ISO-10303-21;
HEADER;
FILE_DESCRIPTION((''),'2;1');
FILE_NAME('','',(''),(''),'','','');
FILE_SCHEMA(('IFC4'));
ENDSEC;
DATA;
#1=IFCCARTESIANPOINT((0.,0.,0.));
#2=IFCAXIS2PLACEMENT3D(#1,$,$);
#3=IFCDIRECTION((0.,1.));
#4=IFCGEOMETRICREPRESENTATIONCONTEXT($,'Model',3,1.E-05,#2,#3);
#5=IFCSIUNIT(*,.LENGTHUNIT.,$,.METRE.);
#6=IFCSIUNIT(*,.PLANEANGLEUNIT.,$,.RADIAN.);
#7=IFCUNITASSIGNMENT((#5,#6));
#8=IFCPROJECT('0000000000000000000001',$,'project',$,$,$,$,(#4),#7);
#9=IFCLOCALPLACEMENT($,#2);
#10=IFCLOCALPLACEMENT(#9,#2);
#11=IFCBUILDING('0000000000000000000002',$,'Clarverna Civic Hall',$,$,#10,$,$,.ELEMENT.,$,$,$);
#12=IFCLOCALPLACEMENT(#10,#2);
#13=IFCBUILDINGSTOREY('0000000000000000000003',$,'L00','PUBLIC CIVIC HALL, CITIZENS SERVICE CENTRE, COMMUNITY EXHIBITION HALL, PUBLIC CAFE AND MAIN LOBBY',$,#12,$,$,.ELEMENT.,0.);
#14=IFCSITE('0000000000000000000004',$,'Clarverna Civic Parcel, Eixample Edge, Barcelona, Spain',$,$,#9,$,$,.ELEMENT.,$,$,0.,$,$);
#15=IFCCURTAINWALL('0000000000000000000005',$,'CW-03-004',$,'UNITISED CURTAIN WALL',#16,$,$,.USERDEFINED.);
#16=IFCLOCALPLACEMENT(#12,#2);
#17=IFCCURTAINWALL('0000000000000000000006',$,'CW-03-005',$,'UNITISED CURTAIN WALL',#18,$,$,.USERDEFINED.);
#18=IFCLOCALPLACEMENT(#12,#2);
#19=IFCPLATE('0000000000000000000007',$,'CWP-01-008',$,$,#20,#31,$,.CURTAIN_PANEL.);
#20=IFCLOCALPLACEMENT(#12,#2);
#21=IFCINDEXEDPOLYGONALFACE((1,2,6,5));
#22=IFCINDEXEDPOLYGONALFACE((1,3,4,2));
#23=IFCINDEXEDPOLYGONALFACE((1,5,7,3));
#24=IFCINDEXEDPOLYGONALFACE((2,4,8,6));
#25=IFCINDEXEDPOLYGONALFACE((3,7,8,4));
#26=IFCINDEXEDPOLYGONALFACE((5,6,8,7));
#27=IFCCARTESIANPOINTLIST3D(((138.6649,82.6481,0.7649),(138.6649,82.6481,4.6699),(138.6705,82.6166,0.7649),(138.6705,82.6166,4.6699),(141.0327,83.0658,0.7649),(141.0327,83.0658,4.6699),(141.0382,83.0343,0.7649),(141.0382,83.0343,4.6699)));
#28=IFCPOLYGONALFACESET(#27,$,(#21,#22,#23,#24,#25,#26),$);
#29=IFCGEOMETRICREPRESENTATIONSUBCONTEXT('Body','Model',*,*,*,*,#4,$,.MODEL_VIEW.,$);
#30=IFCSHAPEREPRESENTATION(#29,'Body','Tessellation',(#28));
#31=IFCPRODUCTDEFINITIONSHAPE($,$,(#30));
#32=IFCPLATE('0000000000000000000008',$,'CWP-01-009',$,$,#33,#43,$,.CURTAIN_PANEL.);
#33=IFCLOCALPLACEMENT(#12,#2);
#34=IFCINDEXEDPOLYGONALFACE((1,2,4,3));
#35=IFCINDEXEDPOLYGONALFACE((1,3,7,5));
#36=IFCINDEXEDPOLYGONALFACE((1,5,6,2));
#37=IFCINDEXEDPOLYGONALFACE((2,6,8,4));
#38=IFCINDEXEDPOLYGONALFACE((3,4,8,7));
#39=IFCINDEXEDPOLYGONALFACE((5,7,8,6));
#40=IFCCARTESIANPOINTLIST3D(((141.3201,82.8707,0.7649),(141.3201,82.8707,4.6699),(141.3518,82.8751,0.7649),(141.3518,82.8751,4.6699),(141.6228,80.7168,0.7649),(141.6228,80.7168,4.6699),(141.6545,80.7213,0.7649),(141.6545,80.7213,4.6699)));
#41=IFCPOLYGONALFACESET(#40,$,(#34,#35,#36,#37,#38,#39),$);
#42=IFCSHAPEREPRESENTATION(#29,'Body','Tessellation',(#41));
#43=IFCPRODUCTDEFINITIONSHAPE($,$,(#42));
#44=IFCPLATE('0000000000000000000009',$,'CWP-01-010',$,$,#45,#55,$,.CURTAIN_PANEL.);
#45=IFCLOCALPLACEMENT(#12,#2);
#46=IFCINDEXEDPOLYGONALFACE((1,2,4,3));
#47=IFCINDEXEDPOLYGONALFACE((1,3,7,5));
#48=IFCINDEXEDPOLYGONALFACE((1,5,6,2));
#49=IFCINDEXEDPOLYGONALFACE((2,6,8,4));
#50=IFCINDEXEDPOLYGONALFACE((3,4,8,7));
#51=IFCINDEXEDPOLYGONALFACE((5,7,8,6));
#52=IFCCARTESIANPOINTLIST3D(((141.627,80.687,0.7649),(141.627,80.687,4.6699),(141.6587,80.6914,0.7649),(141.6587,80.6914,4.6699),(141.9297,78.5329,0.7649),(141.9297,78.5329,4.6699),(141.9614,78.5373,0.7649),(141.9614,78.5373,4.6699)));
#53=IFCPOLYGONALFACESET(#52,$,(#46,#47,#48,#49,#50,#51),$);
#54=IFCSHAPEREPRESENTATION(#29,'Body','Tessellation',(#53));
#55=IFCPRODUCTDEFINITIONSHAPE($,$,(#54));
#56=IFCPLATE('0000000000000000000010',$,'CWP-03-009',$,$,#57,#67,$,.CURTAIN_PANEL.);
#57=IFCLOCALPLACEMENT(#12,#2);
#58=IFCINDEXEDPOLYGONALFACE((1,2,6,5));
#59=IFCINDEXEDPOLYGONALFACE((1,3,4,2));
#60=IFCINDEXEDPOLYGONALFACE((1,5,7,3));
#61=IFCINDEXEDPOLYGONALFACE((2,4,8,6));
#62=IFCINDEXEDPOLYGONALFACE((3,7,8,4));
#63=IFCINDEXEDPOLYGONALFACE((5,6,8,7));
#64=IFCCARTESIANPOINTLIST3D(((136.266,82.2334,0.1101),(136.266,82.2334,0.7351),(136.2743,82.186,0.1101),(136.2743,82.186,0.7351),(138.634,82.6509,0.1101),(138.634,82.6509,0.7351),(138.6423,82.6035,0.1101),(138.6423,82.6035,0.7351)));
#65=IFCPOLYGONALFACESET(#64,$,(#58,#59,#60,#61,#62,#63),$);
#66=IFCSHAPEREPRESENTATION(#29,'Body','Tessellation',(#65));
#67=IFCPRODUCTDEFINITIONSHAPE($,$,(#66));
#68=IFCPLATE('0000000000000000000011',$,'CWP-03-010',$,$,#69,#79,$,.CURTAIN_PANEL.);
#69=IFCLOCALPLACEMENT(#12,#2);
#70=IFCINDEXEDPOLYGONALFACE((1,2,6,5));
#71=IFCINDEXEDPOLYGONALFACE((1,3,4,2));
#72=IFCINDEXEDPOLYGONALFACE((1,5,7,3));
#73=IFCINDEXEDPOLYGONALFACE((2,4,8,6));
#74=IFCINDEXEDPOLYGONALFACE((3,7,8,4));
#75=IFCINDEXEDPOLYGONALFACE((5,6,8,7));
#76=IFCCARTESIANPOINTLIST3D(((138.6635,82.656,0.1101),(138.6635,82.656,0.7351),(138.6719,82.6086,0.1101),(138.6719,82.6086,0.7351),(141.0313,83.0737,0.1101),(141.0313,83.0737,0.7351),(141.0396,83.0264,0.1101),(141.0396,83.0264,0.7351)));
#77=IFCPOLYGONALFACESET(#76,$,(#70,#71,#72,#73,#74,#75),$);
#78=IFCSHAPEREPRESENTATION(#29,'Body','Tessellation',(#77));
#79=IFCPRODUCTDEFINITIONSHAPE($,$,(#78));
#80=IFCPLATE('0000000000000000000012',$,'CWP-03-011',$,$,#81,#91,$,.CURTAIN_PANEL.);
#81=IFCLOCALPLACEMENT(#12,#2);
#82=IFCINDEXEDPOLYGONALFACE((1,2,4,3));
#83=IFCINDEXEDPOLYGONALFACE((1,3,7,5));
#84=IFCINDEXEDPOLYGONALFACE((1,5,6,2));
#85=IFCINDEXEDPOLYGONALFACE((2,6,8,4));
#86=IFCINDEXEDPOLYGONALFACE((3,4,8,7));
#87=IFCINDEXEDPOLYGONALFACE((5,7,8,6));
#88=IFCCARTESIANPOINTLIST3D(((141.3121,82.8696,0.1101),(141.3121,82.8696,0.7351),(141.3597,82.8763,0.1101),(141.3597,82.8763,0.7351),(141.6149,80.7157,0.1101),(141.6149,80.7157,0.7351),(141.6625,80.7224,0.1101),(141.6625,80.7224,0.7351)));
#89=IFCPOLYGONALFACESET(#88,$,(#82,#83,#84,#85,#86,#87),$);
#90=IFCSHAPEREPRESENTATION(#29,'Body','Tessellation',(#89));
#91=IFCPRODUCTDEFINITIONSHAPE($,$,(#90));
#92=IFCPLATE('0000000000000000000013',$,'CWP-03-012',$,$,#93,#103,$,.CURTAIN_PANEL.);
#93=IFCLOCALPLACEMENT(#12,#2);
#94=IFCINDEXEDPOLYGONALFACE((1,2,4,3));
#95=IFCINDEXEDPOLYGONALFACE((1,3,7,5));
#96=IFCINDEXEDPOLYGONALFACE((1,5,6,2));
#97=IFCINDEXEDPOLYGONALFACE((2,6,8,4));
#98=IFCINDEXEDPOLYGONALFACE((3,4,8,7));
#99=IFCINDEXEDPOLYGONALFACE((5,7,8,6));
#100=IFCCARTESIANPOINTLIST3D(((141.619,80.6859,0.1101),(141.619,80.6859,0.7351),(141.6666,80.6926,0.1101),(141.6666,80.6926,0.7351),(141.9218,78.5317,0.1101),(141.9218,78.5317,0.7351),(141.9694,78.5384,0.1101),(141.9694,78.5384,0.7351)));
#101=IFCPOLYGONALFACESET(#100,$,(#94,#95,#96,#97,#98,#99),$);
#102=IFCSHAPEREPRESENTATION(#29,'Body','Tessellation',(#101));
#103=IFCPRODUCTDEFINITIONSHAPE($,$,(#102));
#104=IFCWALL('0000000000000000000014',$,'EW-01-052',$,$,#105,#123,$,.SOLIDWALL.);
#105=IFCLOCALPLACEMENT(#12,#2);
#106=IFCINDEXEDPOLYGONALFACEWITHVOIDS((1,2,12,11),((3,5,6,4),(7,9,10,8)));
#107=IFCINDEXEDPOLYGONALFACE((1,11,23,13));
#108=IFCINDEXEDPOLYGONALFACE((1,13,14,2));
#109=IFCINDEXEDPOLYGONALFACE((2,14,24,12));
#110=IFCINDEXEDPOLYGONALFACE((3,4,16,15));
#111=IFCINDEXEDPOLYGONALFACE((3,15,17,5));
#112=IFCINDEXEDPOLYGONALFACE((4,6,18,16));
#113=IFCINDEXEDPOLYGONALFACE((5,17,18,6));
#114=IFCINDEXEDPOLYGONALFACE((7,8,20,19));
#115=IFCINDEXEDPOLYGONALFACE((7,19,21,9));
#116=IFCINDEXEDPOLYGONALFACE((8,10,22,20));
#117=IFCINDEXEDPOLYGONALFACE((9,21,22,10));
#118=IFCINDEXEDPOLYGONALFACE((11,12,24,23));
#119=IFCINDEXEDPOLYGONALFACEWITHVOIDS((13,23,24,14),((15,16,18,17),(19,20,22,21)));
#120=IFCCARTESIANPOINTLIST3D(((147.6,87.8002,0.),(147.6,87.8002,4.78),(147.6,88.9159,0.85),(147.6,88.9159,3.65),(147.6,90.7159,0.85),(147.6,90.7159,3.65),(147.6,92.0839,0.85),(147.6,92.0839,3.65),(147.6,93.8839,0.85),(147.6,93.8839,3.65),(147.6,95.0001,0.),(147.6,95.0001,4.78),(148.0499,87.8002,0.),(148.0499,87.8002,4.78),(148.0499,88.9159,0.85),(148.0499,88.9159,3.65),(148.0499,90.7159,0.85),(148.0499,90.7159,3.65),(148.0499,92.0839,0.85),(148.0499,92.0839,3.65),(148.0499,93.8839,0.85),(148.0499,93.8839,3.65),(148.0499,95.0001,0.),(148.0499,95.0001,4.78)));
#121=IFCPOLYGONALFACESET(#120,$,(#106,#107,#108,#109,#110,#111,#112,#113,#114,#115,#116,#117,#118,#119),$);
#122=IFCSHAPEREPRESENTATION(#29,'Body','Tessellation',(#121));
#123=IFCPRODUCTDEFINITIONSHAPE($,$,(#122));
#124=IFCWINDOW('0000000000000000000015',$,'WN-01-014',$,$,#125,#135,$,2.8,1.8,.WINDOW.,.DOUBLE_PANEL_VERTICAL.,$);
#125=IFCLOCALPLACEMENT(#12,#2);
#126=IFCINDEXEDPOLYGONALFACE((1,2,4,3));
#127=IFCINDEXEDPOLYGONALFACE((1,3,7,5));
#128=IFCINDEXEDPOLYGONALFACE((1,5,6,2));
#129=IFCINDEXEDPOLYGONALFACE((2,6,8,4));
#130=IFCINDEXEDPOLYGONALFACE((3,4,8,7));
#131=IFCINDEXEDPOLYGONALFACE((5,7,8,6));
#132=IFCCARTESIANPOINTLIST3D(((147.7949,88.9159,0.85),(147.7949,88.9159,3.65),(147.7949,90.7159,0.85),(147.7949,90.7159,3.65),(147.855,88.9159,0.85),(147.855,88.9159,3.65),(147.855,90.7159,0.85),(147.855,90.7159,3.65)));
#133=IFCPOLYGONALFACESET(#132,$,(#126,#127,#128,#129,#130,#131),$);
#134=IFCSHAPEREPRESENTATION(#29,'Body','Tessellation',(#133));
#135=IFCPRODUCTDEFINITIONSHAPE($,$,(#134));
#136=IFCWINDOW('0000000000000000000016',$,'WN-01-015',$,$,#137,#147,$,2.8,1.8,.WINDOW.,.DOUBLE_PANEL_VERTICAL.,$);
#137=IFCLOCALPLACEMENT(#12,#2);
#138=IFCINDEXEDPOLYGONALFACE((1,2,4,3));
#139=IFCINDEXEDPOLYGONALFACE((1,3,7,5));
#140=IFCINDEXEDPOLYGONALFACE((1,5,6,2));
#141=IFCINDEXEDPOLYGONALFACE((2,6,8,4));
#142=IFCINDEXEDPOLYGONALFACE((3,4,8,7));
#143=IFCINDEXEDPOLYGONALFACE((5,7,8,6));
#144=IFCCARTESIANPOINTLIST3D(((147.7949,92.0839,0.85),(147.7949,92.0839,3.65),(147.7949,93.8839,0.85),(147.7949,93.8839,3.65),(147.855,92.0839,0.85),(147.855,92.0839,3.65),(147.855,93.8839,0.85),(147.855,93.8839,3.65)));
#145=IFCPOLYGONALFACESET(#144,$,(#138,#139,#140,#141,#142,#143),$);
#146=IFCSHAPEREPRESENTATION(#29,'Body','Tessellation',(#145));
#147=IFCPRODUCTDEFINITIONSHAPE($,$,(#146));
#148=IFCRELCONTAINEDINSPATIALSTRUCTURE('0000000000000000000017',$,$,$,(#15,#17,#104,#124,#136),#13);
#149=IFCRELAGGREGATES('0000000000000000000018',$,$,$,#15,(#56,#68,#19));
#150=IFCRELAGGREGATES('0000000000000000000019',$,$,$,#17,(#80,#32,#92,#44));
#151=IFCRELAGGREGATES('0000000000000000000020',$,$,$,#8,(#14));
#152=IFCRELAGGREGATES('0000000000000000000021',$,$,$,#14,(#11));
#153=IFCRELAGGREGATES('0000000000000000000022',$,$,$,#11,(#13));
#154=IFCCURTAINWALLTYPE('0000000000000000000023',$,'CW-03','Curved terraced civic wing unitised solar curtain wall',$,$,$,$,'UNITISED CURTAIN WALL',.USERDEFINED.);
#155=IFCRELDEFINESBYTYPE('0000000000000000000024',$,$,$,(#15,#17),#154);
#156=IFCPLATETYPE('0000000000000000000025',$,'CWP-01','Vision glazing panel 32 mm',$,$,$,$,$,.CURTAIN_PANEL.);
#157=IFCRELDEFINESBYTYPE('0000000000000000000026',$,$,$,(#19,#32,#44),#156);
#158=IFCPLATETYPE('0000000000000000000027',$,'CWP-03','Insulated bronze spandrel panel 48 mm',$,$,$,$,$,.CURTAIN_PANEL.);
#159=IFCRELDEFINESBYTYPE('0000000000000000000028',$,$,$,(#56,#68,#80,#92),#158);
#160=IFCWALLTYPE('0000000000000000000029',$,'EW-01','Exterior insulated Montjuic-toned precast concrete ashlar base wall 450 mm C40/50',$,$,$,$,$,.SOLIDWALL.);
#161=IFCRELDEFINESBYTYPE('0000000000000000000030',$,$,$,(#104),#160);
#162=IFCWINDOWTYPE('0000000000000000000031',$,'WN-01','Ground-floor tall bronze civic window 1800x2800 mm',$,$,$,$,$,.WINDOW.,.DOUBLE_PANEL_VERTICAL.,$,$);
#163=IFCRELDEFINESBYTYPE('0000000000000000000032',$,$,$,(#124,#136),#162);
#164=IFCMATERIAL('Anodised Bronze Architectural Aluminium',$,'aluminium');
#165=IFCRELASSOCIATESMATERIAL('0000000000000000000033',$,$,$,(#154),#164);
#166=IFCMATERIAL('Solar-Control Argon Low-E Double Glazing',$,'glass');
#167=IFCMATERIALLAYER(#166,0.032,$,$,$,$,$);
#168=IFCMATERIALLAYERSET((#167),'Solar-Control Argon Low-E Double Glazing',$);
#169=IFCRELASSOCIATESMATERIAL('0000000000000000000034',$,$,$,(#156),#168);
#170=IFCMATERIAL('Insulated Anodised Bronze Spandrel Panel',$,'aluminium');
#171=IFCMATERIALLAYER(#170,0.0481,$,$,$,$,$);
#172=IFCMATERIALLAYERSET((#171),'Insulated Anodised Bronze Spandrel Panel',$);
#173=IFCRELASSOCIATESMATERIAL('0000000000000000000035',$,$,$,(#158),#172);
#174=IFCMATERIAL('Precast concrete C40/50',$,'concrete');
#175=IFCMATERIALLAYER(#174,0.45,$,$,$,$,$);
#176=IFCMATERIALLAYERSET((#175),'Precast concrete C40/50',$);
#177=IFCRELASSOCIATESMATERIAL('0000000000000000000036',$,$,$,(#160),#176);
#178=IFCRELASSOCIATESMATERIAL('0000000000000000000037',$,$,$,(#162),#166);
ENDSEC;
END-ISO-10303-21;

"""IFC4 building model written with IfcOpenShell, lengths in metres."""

from ifc_helpers import new_model, si_unit, direction, frame, frame_2d, origin, place, context, subcontext, project, spatial, rectangle, extrude, material, layer, layer_set, type_object, element, fill, aggregate, save


model = new_model("IFC4")

# Units and contexts
model_context = context("Model", 3, precision=1e-05, world=origin(), true_north=direction((0.0, 1.0)))
body_context = subcontext(model_context, "Body", "Model", "MODEL_VIEW")
ifc_project = project(units=[si_unit("LENGTHUNIT", "METRE"), si_unit("PLANEANGLEUNIT", "RADIAN")], contexts=[model_context])

# Site, building, storey
site_placement = place(None, origin())
site = spatial("IfcSite", under=ifc_project, at=site_placement, Name="Clarverna Civic Parcel, Eixample Edge, Barcelona, Spain", CompositionType="ELEMENT", RefElevation=0.0)
building_placement = place(site_placement, origin())
building = spatial("IfcBuilding", under=site, at=building_placement, Name="Clarverna Civic Hall", CompositionType="ELEMENT")
storey_placement = place(building_placement, origin())
storey = spatial("IfcBuildingStorey", under=building, at=storey_placement, Name="L00", Description="PUBLIC CIVIC HALL, CITIZENS SERVICE CENTRE, COMMUNITY EXHIBITION HALL, PUBLIC CAFE AND MAIN LOBBY", CompositionType="ELEMENT", Elevation=0.0)

# Curtain walls
ifc_material_1 = material(Name="Anodised Bronze Architectural Aluminium", Category="aluminium")
curtain_wall_type = type_object("IfcCurtainWallType", Name="CW-03", Description="Curved terraced civic wing unitised solar curtain wall", ElementType="UNITISED CURTAIN WALL", PredefinedType="USERDEFINED", material=ifc_material_1)
curtain_wall_1_placement = place(storey_placement, origin())
curtain_wall_1 = element("IfcCurtainWall", 1, at=curtain_wall_1_placement, inside=storey, type_object=curtain_wall_type, Name="CW-03-004", ObjectType="UNITISED CURTAIN WALL", PredefinedType="USERDEFINED")
curtain_wall_2_placement = place(storey_placement, origin())
curtain_wall_2 = element("IfcCurtainWall", 2, at=curtain_wall_2_placement, inside=storey, type_object=curtain_wall_type, Name="CW-03-005", ObjectType="UNITISED CURTAIN WALL", PredefinedType="USERDEFINED")

# Plates
ifc_material_2 = material(Name="Solar-Control Argon Low-E Double Glazing", Category="glass")
ifc_layer_1 = layer(ifc_material_2, 0.032)
ifc_layer_set_1 = layer_set([ifc_layer_1], Name="Solar-Control Argon Low-E Double Glazing")
plate_type_1 = type_object("IfcPlateType", Name="CWP-01", Description="Vision glazing panel 32 mm", PredefinedType="CURTAIN_PANEL", material=ifc_layer_set_1)
plate_1_placement = place(storey_placement, frame((138.6677, 82.6323, 0.7649), z_axis=(0.0, 0.0, 1.0), x_axis=(0.984791, 0.173745, 0.0)))
plate_1 = element("IfcPlate", 3, at=plate_1_placement, type_object=plate_type_1, Name="CWP-01-008", PredefinedType="CURTAIN_PANEL", context=body_context, shape_type="SweptSolid", body=[
    extrude(rectangle(XDim=2.4043, YDim=0.032, at=frame_2d((1.2021, 0.0))), origin(), (0.0, 0.0, 1.0), 3.905),
])
plate_2_placement = place(storey_placement, frame((141.3359, 82.8728, 0.7649), z_axis=(0.0, 0.0, 1.0), x_axis=(0.139189, -0.990266, 0.0)))
plate_2 = element("IfcPlate", 4, at=plate_2_placement, type_object=plate_type_1, Name="CWP-01-009", PredefinedType="CURTAIN_PANEL", context=body_context, shape_type="SweptSolid", body=[
    extrude(rectangle(XDim=2.175, YDim=0.032, at=frame_2d((1.0874, 0.0))), origin(), (0.0, 0.0, 1.0), 3.905),
])
plate_3_placement = place(storey_placement, frame((141.6428, 80.6892, 0.7649), z_axis=(0.0, 0.0, 1.0), x_axis=(0.139174, -0.990268, 0.0)))
plate_3 = element("IfcPlate", 5, at=plate_3_placement, type_object=plate_type_1, Name="CWP-01-010", PredefinedType="CURTAIN_PANEL", context=body_context, shape_type="SweptSolid", body=[
    extrude(rectangle(XDim=2.1753, YDim=0.032, at=frame_2d((1.0876, 0.0))), origin(), (0.0, 0.0, 1.0), 3.905),
])
ifc_material_3 = material(Name="Insulated Anodised Bronze Spandrel Panel", Category="aluminium")
ifc_layer_2 = layer(ifc_material_3, 0.0481)
ifc_layer_set_2 = layer_set([ifc_layer_2], Name="Insulated Anodised Bronze Spandrel Panel")
plate_type_2 = type_object("IfcPlateType", Name="CWP-03", Description="Insulated bronze spandrel panel 48 mm", PredefinedType="CURTAIN_PANEL", material=ifc_layer_set_2)
plate_4_placement = place(storey_placement, frame((136.2703, 82.2097, 0.1101), z_axis=(0.0, 0.0, 1.0), x_axis=(0.984811, 0.173629, 0.0)))
plate_4 = element("IfcPlate", 6, at=plate_4_placement, type_object=plate_type_2, Name="CWP-03-009", PredefinedType="CURTAIN_PANEL", context=body_context, shape_type="SweptSolid", body=[
    extrude(rectangle(XDim=2.4045, YDim=0.0481, at=frame_2d((1.2021, 0.0))), origin(), (0.0, 0.0, 1.0), 0.625),
])
plate_5_placement = place(storey_placement, frame((138.6677, 82.6323, 0.1101), z_axis=(0.0, 0.0, 1.0), x_axis=(0.984791, 0.173745, 0.0)))
plate_5 = element("IfcPlate", 7, at=plate_5_placement, type_object=plate_type_2, Name="CWP-03-010", PredefinedType="CURTAIN_PANEL", context=body_context, shape_type="SweptSolid", body=[
    extrude(rectangle(XDim=2.4043, YDim=0.0481, at=frame_2d((1.2021, 0.0))), origin(), (0.0, 0.0, 1.0), 0.625),
])
aggregate(curtain_wall_1, [plate_4, plate_5, plate_1])
plate_6_placement = place(storey_placement, frame((141.3359, 82.8728, 0.1101), z_axis=(0.0, 0.0, 1.0), x_axis=(0.139189, -0.990266, 0.0)))
plate_6 = element("IfcPlate", 8, at=plate_6_placement, type_object=plate_type_2, Name="CWP-03-011", PredefinedType="CURTAIN_PANEL", context=body_context, shape_type="SweptSolid", body=[
    extrude(rectangle(XDim=2.175, YDim=0.0481, at=frame_2d((1.0874, 0.0))), origin(), (0.0, 0.0, 1.0), 0.625),
])
plate_7_placement = place(storey_placement, frame((141.6428, 80.6892, 0.1101), z_axis=(0.0, 0.0, 1.0), x_axis=(0.139174, -0.990268, 0.0)))
plate_7 = element("IfcPlate", 9, at=plate_7_placement, type_object=plate_type_2, Name="CWP-03-012", PredefinedType="CURTAIN_PANEL", context=body_context, shape_type="SweptSolid", body=[
    extrude(rectangle(XDim=2.1753, YDim=0.0481, at=frame_2d((1.0876, 0.0))), origin(), (0.0, 0.0, 1.0), 0.625),
])
aggregate(curtain_wall_2, [plate_6, plate_2, plate_7, plate_3])

# Wall, openings, windows
ifc_material_4 = material(Name="Precast concrete C40/50", Category="concrete")
ifc_layer_3 = layer(ifc_material_4, 0.45)
ifc_layer_set_3 = layer_set([ifc_layer_3], Name="Precast concrete C40/50")
wall_type = type_object("IfcWallType", Name="EW-01", Description="Exterior insulated Montjuic-toned precast concrete ashlar base wall 450 mm C40/50", PredefinedType="SOLIDWALL", material=ifc_layer_set_3)
wall_1_placement = place(storey_placement, frame((147.825, 87.8, 0.0), z_axis=(0.0, 0.0, 1.0), x_axis=(0.0, 1.0, 0.0)))
wall_1 = element("IfcWall", 10, at=wall_1_placement, inside=storey, type_object=wall_type, Name="EW-01-052", PredefinedType="SOLIDWALL", context=body_context, shape_type="SweptSolid", body=[
    extrude(rectangle(XDim=7.2, YDim=0.45, at=frame_2d((3.6001, 0.0))), origin(), (0.0, 0.0, 1.0), 4.78),
])
opening_1_placement = place(wall_1_placement, frame((1.116, 0.0, 0.8501)))
opening_1 = element("IfcOpeningElement", 11, at=opening_1_placement, cuts=wall_1, PredefinedType="OPENING", context=body_context, shape_type="SweptSolid", body=[
    extrude(rectangle(XDim=1.8, YDim=2.8, at=frame_2d((0.8999, 1.3999))), frame((0.0, 0.2349, 0.0), z_axis=(0.0, -1.0, 0.0), x_axis=(1.0, 0.0, 0.0)), (0.0, 0.0, 1.0), 0.47),
])
opening_2_placement = place(wall_1_placement, frame((4.2839, 0.0, 0.8501)))
opening_2 = element("IfcOpeningElement", 12, at=opening_2_placement, cuts=wall_1, PredefinedType="OPENING", context=body_context, shape_type="SweptSolid", body=[
    extrude(rectangle(XDim=1.8, YDim=2.8, at=frame_2d((0.8999, 1.3999))), frame((0.0, 0.2349, 0.0), z_axis=(0.0, -1.0, 0.0), x_axis=(1.0, 0.0, 0.0)), (0.0, 0.0, 1.0), 0.47),
])
window_type = type_object("IfcWindowType", Name="WN-01", Description="Ground-floor tall bronze civic window 1800x2800 mm", PartitioningType="DOUBLE_PANEL_VERTICAL", PredefinedType="WINDOW", material=ifc_material_2)
window_1_placement = place(opening_1_placement, origin())
window_1 = element("IfcWindow", 13, at=window_1_placement, inside=storey, type_object=window_type, Name="WN-01-014", OverallHeight=2.8, OverallWidth=1.8, PartitioningType="DOUBLE_PANEL_VERTICAL", PredefinedType="WINDOW", context=body_context, shape_type="SweptSolid", body=[
    extrude(rectangle(XDim=1.8, YDim=2.8, at=frame_2d((0.8999, 1.3999))), frame((0.0, 0.03, 0.0), z_axis=(0.0, -1.0, 0.0), x_axis=(1.0, 0.0, 0.0)), (0.0, 0.0, 1.0), 0.0601),
])
fill(opening_1, window_1)
window_2_placement = place(opening_2_placement, origin())
window_2 = element("IfcWindow", 14, at=window_2_placement, inside=storey, type_object=window_type, Name="WN-01-015", OverallHeight=2.8, OverallWidth=1.8, PartitioningType="DOUBLE_PANEL_VERTICAL", PredefinedType="WINDOW", context=body_context, shape_type="SweptSolid", body=[
    extrude(rectangle(XDim=1.8, YDim=2.8, at=frame_2d((0.8999, 1.3999))), frame((0.0, 0.03, 0.0), z_axis=(0.0, -1.0, 0.0), x_axis=(1.0, 0.0, 0.0)), (0.0, 0.0, 1.0), 0.0601),
])
fill(opening_2, window_2)

save(model, "model.ifc")
